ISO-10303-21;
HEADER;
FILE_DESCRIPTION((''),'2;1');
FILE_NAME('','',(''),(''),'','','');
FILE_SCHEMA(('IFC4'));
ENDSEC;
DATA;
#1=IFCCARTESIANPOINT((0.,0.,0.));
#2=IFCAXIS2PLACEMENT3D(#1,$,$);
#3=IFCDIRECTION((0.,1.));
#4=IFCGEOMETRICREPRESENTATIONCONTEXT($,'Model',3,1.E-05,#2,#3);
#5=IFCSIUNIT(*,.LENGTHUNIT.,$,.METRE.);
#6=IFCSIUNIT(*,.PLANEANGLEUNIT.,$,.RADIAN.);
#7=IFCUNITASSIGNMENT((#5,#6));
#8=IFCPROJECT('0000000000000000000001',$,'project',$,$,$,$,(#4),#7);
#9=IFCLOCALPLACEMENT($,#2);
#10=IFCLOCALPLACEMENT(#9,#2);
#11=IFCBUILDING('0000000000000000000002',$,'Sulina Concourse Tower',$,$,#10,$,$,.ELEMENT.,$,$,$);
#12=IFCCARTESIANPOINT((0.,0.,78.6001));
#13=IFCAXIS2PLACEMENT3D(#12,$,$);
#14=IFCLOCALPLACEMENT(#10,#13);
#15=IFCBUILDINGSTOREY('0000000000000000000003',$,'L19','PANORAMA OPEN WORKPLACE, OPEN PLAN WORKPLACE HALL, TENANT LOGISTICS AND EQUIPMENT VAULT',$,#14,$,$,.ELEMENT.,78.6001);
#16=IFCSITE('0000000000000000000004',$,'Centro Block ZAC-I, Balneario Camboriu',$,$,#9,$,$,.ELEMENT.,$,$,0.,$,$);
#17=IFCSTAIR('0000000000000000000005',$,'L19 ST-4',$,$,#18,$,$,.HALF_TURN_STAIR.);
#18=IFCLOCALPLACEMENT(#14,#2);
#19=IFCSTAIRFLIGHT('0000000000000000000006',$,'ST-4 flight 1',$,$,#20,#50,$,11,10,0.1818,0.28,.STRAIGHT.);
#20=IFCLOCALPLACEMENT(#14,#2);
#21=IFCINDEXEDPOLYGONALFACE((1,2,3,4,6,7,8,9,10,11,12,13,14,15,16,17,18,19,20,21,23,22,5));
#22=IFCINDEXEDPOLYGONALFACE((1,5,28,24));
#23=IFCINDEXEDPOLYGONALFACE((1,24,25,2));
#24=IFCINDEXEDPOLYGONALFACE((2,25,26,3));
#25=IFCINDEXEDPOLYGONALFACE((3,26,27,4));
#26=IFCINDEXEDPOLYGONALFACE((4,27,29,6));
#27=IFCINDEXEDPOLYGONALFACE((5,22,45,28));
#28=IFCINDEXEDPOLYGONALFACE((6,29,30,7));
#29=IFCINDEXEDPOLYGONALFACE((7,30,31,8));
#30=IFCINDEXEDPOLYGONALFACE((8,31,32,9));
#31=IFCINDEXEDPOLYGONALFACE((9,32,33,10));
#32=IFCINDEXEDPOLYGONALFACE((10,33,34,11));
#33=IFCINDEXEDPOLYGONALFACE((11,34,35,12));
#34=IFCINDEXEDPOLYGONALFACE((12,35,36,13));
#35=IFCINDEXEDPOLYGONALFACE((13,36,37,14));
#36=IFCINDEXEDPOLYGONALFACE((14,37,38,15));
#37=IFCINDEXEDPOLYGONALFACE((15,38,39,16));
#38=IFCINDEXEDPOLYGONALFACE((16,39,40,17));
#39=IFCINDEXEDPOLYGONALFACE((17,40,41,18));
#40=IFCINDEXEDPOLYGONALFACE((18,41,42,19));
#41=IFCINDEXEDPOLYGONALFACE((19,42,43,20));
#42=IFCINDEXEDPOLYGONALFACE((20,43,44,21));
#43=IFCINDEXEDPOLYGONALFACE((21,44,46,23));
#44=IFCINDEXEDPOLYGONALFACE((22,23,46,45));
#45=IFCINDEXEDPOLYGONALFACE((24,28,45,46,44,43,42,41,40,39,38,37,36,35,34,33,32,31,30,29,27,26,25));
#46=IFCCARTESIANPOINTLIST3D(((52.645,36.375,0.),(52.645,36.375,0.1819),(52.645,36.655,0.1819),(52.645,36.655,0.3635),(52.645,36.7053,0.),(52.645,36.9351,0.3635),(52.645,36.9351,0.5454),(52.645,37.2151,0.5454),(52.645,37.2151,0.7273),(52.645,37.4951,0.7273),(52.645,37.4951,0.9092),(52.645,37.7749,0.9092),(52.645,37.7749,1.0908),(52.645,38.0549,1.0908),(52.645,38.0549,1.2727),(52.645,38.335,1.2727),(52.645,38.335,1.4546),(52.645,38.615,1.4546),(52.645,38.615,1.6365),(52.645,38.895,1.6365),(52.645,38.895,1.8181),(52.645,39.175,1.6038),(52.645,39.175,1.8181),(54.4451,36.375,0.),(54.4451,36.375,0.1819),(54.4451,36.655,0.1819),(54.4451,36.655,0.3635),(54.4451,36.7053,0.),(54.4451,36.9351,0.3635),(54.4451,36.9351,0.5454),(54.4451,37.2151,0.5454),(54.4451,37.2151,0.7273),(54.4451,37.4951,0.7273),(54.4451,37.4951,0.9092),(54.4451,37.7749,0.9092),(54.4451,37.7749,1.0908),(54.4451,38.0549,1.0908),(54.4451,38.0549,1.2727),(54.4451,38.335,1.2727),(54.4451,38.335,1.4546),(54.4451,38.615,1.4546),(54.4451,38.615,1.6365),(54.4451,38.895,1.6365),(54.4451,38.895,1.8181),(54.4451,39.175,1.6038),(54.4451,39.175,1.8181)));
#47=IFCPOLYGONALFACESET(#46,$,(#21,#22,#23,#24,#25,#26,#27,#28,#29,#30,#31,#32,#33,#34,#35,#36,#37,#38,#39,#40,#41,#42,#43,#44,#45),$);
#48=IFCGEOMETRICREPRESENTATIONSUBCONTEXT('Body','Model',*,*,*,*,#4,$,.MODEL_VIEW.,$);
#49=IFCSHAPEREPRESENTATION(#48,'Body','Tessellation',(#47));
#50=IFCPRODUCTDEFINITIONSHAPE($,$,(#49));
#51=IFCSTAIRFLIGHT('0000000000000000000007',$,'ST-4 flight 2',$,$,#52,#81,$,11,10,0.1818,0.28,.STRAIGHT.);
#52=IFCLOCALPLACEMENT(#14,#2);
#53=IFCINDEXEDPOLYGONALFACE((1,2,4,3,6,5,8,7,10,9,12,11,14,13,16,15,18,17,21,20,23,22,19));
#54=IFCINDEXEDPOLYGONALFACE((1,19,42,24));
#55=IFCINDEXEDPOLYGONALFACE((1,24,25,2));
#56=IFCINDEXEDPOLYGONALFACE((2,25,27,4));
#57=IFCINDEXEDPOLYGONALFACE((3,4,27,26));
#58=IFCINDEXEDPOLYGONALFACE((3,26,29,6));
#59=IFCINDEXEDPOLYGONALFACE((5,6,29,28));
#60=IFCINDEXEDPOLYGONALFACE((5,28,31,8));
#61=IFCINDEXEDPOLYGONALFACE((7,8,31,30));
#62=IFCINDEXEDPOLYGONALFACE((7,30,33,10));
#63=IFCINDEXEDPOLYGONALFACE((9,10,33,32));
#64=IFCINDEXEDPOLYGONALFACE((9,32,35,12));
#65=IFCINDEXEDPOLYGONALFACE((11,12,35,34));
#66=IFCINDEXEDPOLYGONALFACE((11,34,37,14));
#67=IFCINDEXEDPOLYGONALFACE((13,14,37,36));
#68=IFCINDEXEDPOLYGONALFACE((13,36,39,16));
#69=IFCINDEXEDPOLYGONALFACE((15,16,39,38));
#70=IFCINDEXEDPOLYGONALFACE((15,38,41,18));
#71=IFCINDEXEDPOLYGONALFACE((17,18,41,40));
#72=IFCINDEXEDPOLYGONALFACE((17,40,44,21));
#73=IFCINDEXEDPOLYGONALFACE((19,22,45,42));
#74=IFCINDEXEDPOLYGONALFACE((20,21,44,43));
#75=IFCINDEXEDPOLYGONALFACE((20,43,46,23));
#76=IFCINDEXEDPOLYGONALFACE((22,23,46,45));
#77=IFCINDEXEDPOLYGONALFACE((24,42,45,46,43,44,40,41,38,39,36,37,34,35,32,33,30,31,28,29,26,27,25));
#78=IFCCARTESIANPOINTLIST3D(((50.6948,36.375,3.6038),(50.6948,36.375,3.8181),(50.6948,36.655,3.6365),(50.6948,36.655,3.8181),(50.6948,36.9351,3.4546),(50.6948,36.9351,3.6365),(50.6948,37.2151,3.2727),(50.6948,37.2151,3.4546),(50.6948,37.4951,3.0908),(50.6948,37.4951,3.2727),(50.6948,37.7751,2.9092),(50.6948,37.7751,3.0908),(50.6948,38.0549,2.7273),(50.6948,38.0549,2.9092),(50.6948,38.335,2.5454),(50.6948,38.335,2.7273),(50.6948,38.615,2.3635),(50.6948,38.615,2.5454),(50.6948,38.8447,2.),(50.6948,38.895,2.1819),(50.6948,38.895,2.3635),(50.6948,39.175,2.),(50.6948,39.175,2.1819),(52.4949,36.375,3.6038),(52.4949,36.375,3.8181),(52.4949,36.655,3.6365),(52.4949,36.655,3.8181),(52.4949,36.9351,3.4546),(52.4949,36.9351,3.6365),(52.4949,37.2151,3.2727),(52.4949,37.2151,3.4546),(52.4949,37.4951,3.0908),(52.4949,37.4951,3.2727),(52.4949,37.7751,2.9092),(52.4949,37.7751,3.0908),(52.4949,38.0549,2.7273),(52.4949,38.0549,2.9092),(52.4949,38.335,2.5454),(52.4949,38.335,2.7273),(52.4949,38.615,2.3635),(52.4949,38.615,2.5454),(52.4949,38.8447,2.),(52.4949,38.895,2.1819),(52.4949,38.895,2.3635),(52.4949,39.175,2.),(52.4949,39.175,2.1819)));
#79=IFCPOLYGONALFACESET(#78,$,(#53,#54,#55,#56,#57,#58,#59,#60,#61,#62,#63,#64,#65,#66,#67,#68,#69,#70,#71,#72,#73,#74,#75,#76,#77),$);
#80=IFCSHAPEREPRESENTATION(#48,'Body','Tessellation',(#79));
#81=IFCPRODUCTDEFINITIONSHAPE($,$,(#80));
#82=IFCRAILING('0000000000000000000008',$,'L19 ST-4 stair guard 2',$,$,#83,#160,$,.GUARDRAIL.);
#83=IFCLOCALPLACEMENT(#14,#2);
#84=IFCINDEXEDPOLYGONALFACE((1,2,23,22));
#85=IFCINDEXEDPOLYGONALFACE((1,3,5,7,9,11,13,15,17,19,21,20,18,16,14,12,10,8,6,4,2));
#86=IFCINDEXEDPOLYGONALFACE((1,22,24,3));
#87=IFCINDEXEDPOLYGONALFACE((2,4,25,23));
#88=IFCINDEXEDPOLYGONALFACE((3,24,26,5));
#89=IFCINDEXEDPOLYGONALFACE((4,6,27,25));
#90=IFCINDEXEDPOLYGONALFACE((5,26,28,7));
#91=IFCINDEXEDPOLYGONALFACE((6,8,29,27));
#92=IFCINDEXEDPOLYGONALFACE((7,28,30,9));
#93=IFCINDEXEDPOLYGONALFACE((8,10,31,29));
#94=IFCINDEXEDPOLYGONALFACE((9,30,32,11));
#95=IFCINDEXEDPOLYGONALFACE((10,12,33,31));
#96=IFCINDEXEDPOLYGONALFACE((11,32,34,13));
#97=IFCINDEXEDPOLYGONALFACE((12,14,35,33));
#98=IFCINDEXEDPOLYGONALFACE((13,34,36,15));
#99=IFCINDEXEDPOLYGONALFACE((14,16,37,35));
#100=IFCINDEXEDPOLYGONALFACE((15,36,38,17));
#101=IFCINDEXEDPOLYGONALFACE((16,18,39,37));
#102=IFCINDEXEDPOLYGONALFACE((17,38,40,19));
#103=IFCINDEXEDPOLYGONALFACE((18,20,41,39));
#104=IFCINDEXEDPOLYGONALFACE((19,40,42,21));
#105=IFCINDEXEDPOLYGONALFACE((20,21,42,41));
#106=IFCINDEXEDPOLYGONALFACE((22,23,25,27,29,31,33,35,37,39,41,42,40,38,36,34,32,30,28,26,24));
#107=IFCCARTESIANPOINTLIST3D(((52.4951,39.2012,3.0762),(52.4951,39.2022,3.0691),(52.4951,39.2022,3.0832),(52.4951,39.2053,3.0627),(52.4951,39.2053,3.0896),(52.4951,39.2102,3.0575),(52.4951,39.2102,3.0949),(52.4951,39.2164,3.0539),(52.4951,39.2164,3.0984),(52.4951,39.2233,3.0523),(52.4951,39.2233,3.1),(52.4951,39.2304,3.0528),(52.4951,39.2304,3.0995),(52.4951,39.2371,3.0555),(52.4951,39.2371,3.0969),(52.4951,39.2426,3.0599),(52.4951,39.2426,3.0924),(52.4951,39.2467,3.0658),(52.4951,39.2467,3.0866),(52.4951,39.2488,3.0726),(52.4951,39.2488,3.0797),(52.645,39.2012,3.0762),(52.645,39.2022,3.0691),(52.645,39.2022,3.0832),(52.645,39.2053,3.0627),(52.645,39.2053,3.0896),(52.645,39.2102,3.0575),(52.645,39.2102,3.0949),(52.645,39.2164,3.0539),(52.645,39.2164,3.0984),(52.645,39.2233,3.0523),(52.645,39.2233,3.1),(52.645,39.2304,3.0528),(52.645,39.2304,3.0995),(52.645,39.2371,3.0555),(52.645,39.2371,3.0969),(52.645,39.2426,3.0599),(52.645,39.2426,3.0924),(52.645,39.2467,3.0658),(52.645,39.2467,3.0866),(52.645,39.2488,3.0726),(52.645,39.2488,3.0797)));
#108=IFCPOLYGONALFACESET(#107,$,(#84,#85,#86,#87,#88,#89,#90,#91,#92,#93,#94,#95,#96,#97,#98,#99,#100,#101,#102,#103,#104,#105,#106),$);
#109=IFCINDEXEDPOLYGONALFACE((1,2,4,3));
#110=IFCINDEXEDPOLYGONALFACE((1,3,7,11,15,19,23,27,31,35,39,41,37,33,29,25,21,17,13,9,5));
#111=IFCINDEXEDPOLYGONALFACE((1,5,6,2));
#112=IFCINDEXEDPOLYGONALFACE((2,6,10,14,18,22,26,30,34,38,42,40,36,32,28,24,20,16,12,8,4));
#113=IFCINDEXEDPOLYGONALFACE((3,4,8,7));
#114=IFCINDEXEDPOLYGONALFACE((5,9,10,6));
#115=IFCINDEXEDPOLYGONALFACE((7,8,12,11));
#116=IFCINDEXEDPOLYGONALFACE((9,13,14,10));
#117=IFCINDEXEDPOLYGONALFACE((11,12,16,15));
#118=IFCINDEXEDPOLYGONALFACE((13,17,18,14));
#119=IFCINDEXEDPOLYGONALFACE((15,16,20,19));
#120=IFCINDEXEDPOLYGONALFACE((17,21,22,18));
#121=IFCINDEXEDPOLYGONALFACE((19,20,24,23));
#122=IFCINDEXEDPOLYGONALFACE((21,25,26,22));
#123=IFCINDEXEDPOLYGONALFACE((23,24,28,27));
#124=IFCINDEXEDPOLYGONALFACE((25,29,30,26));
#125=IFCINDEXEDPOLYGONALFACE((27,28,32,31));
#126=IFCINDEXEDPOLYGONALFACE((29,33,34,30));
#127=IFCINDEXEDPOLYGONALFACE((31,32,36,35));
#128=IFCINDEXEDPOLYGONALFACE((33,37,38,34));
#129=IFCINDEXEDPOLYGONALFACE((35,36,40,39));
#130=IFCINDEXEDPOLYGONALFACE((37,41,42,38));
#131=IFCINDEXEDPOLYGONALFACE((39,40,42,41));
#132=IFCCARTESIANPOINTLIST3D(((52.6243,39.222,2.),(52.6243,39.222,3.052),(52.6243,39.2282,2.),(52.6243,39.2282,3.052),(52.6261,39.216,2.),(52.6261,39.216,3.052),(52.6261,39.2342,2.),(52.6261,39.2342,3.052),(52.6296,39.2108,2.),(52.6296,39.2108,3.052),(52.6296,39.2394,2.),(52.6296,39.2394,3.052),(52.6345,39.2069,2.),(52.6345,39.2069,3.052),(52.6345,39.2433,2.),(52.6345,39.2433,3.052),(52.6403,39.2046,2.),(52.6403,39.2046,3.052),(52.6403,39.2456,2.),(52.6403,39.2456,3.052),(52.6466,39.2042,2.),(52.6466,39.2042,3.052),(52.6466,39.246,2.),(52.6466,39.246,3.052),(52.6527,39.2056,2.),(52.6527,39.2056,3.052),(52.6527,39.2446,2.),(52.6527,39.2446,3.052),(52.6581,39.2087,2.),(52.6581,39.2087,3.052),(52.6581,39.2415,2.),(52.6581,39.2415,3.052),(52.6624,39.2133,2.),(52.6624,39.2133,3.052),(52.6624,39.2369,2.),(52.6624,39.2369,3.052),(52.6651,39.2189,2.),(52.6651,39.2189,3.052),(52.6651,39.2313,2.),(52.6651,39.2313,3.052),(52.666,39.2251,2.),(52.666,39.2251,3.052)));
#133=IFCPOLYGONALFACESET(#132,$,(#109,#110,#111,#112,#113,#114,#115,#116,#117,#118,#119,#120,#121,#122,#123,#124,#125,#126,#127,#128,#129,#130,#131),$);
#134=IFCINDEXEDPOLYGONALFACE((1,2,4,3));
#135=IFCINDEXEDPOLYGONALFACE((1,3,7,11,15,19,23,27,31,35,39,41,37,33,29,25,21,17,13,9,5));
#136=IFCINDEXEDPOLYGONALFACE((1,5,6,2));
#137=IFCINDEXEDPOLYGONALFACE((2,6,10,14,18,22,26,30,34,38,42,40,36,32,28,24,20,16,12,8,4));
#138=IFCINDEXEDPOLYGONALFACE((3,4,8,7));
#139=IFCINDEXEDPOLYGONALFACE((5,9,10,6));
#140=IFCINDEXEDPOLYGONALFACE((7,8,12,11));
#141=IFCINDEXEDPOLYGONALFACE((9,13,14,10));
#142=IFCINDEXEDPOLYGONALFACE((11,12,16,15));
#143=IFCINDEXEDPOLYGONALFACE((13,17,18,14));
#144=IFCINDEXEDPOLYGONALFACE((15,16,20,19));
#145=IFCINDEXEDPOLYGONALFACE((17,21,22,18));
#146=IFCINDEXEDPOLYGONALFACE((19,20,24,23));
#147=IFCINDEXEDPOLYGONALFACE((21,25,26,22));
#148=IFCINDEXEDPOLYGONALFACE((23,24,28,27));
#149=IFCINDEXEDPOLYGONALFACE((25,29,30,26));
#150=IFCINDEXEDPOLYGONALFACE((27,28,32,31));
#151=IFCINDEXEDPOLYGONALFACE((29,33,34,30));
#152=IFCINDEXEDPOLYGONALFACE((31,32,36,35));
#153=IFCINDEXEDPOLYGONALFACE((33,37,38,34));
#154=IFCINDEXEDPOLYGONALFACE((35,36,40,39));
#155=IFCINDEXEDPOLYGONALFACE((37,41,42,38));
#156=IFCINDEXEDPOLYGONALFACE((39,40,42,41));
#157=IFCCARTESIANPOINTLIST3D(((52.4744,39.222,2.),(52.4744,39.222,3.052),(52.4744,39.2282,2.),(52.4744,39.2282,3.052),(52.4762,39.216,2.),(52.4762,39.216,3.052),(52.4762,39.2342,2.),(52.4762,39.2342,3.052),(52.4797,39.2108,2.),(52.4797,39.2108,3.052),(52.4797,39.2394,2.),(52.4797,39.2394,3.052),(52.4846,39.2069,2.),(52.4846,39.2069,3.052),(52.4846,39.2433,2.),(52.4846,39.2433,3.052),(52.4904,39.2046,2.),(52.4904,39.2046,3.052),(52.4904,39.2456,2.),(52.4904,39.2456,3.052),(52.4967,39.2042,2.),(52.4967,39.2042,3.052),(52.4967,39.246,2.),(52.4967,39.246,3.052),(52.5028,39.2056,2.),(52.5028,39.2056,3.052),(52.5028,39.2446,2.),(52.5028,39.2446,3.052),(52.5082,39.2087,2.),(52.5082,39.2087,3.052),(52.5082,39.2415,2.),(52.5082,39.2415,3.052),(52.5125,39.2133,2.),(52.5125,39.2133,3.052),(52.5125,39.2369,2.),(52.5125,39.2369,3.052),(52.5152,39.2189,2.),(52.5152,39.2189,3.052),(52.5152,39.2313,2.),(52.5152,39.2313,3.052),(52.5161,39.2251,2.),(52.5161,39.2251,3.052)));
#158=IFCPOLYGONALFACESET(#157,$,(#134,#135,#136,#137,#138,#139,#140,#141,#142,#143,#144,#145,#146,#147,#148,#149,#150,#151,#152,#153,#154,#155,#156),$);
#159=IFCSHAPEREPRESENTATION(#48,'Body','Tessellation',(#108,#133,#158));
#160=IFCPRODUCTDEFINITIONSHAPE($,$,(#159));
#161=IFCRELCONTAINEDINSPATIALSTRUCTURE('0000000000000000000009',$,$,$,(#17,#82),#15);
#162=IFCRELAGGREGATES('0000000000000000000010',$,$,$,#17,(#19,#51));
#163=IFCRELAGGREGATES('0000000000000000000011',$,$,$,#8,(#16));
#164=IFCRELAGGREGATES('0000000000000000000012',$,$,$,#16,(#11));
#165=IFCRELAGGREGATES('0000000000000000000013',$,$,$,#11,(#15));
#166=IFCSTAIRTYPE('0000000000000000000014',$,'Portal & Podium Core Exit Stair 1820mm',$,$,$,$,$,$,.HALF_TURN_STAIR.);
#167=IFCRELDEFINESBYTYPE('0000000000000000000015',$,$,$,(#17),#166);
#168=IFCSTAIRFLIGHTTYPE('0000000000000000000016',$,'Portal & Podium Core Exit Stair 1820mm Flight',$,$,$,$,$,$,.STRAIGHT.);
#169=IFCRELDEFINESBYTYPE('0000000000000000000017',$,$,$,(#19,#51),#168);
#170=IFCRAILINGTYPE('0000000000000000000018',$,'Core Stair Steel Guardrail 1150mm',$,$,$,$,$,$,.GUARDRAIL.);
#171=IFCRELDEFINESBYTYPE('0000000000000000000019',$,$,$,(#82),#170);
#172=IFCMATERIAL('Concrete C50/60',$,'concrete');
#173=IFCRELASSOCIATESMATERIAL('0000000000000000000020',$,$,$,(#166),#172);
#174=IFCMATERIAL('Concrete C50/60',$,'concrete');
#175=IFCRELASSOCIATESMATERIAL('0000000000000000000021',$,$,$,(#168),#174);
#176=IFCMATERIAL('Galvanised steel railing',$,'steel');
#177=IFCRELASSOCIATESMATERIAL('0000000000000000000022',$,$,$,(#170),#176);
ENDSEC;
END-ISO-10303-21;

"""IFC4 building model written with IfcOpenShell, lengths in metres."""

from ifc_helpers import new_model, si_unit, direction, frame, origin, origin_2d, place, context, subcontext, project, spatial, polyline, circle, outline, extrude, material, type_object, element, aggregate, save


model = new_model("IFC4")

# Units and contexts
model_context = context("Model", 3, precision=1e-05, world=origin(), true_north=direction((0.0, 1.0)))
body_context = subcontext(model_context, "Body", "Model", "MODEL_VIEW")
ifc_project = project(units=[si_unit("LENGTHUNIT", "METRE"), si_unit("PLANEANGLEUNIT", "RADIAN")], contexts=[model_context])

# Site, building, storey
site_placement = place(None, origin())
site = spatial("IfcSite", under=ifc_project, at=site_placement, Name="Centro Block ZAC-I, Balneario Camboriu", CompositionType="ELEMENT", RefElevation=0.0)
building_placement = place(site_placement, origin())
building = spatial("IfcBuilding", under=site, at=building_placement, Name="Sulina Concourse Tower", CompositionType="ELEMENT")
storey_placement = place(building_placement, frame((0.0, 0.0, 78.6001)))
storey = spatial("IfcBuildingStorey", under=building, at=storey_placement, Name="L19", Description="PANORAMA OPEN WORKPLACE, OPEN PLAN WORKPLACE HALL, TENANT LOGISTICS AND EQUIPMENT VAULT", CompositionType="ELEMENT", Elevation=78.6001)

# Stair, stair flights
ifc_material_1 = material(Name="Concrete C50/60", Category="concrete")
stair_type = type_object("IfcStairType", Name="Portal & Podium Core Exit Stair 1820mm", PredefinedType="HALF_TURN_STAIR", material=ifc_material_1)
stair_placement = place(storey_placement, origin())
stair = element("IfcStair", 1, at=stair_placement, inside=storey, type_object=stair_type, Name="L19 ST-4", PredefinedType="HALF_TURN_STAIR")
ifc_material_2 = material(Name="Concrete C50/60", Category="concrete")
stair_flight_type = type_object("IfcStairFlightType", Name="Portal & Podium Core Exit Stair 1820mm Flight", PredefinedType="STRAIGHT", material=ifc_material_2)
stair_flight_1_placement = place(storey_placement, frame((53.5449, 36.375, 0.0), z_axis=(0.0, 0.0, 1.0), x_axis=(0.0, 1.0, 0.0)))
stair_flight_1 = element("IfcStairFlight", 2, at=stair_flight_1_placement, type_object=stair_flight_type, Name="ST-4 flight 1", NumberOfRisers=11, NumberOfTreads=10, PredefinedType="STRAIGHT", RiserHeight=0.1818, TreadLength=0.28, context=body_context, shape_type="SweptSolid", body=[
    extrude(outline(polyline([(0.0, 0.0), (0.0, 0.1819), (0.28, 0.1819), (0.28, 0.3635), (0.5601, 0.3635), (0.5601, 0.5454), (0.8401, 0.5454), (0.8401, 0.7273), (1.1201, 0.7273), (1.1201, 0.9092), (1.3999, 0.9092), (1.3999, 1.0908), (1.6799, 1.0908), (1.6799, 1.2727), (1.96, 1.2727), (1.96, 1.4546), (2.24, 1.4546), (2.24, 1.6365), (2.52, 1.6365), (2.52, 1.8181), (2.8, 1.8181), (2.8, 2.0), (2.8, 1.6038), (0.3303, 0.0), (0.0, 0.0)])), frame((0.0, 0.8999, 0.0), z_axis=(0.0, -1.0, 0.0), x_axis=(1.0, 0.0, 0.0)), (0.0, 0.0, 1.0), 1.8),
])
stair_flight_2_placement = place(storey_placement, frame((51.595, 39.175, 2.0), z_axis=(0.0, 0.0, 1.0), x_axis=(0.0, -1.0, 0.0)))
stair_flight_2 = element("IfcStairFlight", 3, at=stair_flight_2_placement, type_object=stair_flight_type, Name="ST-4 flight 2", NumberOfRisers=11, NumberOfTreads=10, PredefinedType="STRAIGHT", RiserHeight=0.1818, TreadLength=0.28, context=body_context, shape_type="SweptSolid", body=[
    extrude(outline(polyline([(0.0, 0.0), (0.0, 0.1819), (0.28, 0.1819), (0.28, 0.3635), (0.5601, 0.3635), (0.5601, 0.5454), (0.8401, 0.5454), (0.8401, 0.7273), (1.1201, 0.7273), (1.1201, 0.9092), (1.3999, 0.9092), (1.3999, 1.0908), (1.6799, 1.0908), (1.6799, 1.2727), (1.96, 1.2727), (1.96, 1.4546), (2.24, 1.4546), (2.24, 1.6365), (2.52, 1.6365), (2.52, 1.8181), (2.8, 1.8181), (2.8, 2.0), (2.8, 1.6038), (0.3303, 0.0), (0.0, 0.0)])), frame((0.0, 0.8999, 0.0), z_axis=(0.0, -1.0, 0.0), x_axis=(1.0, 0.0, 0.0)), (0.0, 0.0, 1.0), 1.8),
])
aggregate(stair, [stair_flight_1, stair_flight_2])

# Railing
ifc_material_3 = material(Name="Galvanised steel railing", Category="steel")
railing_type_1 = type_object("IfcRailingType", Name="Core Stair Steel Guardrail 1150mm", PredefinedType="GUARDRAIL", material=ifc_material_3)
railing_1_placement = place(storey_placement, frame((52.645, 39.2251, 2.0)))
element("IfcRailing", 4, at=railing_1_placement, inside=storey, type_object=railing_type_1, Name="L19 ST-4 stair guard 2", PredefinedType="GUARDRAIL", context=body_context, shape_type="SweptSolid", body=[
    extrude(circle(Radius=0.0239, at=origin_2d()), frame((0.0, 0.0, 1.0762), z_axis=(-1.0, 0.0, 0.0), x_axis=(0.0, -1.0, 0.0)), (0.0, 0.0, 1.0), 0.1499),
    extrude(circle(Radius=0.021, at=origin_2d()), origin(), (0.0, 0.0, 1.0), 1.052),
    extrude(circle(Radius=0.021, at=origin_2d()), frame((-0.1499, 0.0, 0.0)), (0.0, 0.0, 1.0), 1.052),
])

save(model, "model.ifc")
